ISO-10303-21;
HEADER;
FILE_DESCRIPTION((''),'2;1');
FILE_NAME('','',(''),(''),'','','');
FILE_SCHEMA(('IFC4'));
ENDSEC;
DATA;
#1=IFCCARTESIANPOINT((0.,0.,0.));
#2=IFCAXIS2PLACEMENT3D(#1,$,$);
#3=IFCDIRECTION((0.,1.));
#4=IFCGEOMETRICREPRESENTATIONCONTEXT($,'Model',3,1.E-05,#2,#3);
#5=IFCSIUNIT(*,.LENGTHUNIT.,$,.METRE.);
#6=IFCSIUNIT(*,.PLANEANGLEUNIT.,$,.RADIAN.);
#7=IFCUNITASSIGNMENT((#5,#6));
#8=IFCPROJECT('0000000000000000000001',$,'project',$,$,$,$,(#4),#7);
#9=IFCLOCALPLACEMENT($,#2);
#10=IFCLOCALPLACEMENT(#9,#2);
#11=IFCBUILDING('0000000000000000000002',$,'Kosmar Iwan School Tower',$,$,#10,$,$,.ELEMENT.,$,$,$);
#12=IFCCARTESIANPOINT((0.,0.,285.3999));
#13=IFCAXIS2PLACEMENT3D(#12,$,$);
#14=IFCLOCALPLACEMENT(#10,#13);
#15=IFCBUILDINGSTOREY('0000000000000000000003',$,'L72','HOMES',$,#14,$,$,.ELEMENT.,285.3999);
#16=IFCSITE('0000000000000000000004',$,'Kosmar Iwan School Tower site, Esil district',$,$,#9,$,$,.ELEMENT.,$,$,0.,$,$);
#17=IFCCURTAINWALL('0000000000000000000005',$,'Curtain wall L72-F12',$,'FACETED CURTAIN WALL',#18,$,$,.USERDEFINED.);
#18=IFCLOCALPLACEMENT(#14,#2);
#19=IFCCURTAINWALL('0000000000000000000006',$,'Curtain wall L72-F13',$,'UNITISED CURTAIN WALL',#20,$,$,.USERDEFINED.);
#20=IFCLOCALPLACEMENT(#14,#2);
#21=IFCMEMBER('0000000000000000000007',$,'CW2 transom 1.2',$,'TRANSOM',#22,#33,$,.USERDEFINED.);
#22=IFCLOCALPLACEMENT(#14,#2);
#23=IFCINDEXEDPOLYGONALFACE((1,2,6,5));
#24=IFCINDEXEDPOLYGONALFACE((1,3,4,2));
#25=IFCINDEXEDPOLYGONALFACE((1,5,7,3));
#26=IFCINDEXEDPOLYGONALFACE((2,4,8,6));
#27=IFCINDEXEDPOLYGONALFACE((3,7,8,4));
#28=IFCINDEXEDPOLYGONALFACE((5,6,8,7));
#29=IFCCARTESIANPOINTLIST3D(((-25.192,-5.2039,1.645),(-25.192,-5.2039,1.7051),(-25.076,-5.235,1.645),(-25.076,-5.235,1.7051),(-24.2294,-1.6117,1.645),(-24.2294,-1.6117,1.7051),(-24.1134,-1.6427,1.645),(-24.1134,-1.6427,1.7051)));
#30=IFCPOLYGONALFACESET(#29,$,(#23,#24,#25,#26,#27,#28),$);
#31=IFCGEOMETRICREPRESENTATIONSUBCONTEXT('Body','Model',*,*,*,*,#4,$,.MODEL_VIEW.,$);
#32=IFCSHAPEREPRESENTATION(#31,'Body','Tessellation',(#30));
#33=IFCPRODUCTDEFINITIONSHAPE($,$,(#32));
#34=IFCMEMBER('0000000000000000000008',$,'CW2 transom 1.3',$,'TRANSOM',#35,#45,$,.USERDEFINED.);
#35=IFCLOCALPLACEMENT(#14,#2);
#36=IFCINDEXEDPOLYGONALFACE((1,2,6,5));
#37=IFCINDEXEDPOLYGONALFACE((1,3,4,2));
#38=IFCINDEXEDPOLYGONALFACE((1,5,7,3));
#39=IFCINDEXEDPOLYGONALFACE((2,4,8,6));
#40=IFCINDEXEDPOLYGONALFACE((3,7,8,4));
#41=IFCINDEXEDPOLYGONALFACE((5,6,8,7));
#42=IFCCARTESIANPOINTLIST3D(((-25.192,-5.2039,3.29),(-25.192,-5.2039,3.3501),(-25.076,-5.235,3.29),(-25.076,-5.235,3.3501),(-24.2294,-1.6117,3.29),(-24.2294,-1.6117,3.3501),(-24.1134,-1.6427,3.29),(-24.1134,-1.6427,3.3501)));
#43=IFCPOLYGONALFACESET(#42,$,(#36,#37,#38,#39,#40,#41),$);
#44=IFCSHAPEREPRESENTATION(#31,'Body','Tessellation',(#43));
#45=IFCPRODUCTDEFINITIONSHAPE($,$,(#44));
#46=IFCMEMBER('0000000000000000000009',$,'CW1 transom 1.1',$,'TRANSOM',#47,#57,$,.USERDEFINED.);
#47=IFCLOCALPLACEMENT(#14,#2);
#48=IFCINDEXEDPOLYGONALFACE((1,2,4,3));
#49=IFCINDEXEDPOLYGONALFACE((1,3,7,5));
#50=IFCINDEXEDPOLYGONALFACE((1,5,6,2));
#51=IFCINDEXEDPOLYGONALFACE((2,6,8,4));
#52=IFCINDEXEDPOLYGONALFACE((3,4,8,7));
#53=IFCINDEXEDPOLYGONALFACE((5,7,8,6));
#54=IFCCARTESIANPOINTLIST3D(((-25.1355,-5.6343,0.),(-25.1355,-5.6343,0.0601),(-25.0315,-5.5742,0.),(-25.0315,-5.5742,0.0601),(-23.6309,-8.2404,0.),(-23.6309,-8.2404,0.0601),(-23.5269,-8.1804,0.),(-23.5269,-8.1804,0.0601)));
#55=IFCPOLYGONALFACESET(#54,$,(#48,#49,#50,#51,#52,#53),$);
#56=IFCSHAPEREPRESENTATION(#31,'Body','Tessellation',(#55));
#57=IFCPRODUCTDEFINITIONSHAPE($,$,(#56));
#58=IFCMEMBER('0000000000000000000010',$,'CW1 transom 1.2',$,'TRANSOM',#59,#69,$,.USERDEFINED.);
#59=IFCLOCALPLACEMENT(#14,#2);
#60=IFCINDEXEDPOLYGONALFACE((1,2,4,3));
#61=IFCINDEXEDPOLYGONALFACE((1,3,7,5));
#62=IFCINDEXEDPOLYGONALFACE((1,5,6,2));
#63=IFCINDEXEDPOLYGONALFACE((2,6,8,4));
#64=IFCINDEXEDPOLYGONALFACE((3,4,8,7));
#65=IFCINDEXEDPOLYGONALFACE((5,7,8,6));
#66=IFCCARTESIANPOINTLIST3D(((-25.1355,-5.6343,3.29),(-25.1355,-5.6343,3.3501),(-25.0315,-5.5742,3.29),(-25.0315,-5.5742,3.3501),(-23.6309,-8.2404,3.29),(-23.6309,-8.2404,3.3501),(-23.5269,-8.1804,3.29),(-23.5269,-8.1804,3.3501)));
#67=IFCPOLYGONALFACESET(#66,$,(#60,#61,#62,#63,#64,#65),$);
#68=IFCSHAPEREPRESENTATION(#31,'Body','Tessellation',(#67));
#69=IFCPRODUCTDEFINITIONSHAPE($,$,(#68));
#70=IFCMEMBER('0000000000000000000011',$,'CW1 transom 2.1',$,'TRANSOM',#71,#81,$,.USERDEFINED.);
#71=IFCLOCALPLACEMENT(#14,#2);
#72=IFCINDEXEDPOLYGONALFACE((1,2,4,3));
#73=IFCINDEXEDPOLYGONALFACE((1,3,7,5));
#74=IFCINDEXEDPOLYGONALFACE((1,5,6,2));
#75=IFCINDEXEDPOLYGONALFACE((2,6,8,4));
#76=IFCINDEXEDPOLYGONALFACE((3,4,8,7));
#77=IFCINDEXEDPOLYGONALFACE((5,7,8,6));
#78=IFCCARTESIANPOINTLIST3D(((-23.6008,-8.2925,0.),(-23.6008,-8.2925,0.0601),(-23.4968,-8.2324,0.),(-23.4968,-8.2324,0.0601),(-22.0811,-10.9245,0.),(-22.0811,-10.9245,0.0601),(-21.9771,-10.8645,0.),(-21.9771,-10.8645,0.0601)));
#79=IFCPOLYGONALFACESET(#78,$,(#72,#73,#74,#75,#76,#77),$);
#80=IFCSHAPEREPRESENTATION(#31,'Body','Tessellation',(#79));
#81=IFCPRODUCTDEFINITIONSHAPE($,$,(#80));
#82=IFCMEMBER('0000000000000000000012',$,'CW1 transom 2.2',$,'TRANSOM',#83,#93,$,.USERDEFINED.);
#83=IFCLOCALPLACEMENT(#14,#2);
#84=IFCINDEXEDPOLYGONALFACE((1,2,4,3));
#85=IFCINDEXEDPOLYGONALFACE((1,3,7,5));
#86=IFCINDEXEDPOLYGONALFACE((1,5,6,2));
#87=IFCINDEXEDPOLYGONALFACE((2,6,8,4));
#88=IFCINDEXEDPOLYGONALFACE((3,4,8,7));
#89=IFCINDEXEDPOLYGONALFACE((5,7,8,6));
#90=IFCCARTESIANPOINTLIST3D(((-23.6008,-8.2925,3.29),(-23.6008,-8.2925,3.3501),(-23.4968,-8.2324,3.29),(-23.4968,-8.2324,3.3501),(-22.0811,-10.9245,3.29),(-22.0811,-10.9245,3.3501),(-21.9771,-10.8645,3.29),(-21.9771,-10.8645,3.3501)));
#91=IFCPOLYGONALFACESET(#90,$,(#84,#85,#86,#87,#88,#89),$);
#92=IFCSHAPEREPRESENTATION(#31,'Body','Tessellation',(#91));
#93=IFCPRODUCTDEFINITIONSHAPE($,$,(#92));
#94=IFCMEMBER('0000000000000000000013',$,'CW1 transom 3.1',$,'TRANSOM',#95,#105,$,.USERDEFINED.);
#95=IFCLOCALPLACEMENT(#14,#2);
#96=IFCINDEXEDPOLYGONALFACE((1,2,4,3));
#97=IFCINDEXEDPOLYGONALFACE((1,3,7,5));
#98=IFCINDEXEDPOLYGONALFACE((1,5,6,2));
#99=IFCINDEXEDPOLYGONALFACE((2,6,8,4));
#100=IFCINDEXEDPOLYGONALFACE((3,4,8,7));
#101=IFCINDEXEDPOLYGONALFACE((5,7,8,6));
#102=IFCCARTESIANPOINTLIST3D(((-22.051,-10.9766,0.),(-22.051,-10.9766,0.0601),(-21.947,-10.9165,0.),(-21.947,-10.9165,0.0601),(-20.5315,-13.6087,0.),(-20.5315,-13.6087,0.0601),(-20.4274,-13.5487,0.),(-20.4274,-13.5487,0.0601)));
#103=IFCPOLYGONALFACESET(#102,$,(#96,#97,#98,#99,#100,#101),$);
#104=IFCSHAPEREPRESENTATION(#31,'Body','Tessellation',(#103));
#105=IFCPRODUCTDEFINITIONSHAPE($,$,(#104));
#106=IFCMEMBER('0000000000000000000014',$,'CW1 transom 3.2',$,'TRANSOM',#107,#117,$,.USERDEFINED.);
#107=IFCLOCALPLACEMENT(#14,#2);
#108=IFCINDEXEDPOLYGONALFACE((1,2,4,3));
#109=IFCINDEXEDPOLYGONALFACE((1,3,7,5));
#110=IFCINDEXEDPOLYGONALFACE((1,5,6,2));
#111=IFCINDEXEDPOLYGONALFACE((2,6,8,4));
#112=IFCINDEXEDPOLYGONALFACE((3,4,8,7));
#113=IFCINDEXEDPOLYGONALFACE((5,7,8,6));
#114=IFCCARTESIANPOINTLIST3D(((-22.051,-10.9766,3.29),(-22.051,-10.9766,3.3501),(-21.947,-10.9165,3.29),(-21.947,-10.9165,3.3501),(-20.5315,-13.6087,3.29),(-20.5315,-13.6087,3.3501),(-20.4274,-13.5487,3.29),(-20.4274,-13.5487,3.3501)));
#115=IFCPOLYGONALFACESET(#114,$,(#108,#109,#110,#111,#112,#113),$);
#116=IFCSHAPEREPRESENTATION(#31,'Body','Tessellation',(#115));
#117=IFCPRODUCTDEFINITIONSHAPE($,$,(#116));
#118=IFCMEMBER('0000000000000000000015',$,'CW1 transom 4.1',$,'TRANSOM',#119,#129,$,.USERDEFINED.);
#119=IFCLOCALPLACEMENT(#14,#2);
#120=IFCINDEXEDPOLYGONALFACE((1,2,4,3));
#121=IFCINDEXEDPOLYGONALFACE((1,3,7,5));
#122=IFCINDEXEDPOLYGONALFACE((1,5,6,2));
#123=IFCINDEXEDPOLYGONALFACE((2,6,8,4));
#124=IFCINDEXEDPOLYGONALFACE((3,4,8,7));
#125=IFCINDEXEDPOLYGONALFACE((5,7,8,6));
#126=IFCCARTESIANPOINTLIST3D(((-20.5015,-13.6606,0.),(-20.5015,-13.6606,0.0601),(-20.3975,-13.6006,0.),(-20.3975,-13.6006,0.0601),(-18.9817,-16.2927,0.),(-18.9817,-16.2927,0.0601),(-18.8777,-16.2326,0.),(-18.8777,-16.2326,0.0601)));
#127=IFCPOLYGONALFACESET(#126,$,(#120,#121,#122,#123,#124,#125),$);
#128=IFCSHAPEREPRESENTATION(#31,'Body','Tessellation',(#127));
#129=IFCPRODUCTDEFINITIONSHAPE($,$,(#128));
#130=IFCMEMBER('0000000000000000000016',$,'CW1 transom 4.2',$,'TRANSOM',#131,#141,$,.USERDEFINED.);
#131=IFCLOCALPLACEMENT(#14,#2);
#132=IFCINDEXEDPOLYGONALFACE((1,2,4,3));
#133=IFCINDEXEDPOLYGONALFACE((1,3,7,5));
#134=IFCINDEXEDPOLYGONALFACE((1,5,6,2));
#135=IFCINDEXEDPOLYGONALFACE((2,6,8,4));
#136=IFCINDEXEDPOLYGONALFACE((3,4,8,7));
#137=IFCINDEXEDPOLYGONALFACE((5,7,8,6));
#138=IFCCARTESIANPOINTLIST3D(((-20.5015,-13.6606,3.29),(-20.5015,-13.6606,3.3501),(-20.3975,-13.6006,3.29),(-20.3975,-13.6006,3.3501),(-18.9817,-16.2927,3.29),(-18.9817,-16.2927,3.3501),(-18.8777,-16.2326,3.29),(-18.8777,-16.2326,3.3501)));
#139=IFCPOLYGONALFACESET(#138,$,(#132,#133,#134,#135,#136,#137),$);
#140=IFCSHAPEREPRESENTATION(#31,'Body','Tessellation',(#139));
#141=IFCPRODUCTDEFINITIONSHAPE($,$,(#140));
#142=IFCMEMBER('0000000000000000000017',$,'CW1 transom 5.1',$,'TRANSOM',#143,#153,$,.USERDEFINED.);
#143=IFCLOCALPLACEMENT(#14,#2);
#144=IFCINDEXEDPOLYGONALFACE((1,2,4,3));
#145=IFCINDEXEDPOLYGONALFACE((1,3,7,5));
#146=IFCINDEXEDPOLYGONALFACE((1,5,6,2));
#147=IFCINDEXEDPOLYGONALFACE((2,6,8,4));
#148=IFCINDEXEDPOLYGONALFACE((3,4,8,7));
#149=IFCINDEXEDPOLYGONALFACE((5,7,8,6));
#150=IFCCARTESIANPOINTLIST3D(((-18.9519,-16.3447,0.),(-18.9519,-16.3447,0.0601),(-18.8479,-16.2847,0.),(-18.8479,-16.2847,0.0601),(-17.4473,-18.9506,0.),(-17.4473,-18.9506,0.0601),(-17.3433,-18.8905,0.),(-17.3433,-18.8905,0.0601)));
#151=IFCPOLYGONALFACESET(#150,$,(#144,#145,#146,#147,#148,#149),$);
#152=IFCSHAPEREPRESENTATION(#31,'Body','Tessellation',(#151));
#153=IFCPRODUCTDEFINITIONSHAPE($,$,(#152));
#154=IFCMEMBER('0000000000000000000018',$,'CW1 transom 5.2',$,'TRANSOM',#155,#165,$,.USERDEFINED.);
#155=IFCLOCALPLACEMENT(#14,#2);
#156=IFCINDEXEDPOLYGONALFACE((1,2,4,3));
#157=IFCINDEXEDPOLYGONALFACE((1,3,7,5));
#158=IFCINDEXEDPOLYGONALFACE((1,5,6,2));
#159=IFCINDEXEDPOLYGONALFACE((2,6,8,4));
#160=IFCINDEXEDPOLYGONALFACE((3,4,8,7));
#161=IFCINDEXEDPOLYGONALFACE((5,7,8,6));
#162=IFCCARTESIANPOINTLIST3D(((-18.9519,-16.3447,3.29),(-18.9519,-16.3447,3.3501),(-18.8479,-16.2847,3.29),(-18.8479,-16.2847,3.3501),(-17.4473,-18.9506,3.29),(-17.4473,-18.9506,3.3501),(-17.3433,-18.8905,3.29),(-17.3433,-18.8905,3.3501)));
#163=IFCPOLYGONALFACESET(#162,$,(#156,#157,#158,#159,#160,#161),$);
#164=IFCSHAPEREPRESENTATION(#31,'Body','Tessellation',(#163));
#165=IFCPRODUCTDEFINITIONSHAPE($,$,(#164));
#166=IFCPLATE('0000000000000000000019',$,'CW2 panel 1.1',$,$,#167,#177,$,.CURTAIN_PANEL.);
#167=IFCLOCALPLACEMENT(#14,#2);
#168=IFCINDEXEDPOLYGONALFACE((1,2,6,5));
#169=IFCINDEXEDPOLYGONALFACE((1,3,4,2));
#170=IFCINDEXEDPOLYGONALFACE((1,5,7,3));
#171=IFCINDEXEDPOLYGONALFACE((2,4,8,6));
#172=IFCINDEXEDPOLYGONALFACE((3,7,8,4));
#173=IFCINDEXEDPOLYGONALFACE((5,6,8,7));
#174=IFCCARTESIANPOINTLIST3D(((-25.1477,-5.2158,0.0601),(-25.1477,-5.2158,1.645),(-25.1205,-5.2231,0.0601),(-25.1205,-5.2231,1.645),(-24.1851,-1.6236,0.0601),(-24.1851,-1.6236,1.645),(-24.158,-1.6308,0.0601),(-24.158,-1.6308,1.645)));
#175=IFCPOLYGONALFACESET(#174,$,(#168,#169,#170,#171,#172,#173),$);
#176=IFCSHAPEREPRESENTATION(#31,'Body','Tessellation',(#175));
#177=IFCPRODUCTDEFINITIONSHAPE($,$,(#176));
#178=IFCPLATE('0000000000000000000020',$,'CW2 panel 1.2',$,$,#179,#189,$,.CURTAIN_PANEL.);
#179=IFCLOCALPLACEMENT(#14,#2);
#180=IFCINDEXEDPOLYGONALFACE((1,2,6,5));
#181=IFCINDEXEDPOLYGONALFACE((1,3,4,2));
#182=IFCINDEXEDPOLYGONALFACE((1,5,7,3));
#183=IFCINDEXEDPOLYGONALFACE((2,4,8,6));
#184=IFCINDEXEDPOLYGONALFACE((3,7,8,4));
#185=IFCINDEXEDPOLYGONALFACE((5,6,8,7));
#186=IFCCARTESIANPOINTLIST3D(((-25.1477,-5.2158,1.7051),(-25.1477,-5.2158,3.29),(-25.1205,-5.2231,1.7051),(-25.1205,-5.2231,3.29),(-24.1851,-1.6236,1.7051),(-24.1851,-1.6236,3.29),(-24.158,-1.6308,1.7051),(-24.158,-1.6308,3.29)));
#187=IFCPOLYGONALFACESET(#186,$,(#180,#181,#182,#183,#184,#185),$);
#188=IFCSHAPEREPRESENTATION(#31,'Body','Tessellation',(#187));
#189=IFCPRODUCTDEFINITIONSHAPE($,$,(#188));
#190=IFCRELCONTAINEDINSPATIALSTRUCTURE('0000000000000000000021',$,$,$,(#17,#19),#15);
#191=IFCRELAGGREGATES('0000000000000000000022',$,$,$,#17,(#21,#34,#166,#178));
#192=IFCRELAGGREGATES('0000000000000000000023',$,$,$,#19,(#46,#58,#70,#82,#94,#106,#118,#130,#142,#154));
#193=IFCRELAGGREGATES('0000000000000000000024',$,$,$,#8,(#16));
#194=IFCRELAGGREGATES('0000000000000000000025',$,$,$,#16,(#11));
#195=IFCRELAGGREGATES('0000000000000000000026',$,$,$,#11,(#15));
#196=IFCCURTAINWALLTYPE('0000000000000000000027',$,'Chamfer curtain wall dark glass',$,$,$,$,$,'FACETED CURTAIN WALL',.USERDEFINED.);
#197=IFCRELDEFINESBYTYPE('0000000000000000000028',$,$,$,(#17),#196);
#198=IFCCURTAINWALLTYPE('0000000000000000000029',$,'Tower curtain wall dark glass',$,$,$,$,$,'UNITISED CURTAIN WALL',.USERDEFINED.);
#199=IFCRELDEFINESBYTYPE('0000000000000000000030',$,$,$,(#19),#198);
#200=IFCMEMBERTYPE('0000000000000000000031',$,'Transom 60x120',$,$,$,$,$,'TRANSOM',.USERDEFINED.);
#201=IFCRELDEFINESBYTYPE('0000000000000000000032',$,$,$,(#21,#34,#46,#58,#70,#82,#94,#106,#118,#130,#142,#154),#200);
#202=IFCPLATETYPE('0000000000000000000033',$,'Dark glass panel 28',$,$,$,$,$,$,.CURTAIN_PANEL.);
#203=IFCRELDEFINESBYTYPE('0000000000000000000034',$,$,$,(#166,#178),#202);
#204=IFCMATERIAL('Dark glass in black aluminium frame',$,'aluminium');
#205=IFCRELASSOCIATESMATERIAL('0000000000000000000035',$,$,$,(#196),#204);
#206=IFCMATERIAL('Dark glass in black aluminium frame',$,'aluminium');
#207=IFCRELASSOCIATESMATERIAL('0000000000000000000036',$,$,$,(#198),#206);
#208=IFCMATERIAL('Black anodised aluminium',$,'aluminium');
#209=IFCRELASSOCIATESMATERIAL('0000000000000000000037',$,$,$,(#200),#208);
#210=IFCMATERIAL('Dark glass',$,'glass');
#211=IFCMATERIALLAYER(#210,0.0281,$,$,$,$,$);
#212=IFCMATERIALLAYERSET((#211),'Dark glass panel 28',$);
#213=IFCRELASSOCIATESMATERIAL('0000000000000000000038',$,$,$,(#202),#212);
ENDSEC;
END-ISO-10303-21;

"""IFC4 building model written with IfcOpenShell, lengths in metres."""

from ifc_helpers import new_model, si_unit, direction, frame, origin, origin_2d, place, context, subcontext, project, spatial, rectangle, extrude, material, layer, layer_set, material_profile, profile_set, type_object, element, aggregate, save


model = new_model("IFC4")

# Units and contexts
model_context = context("Model", 3, precision=1e-05, world=origin(), true_north=direction((0.0, 1.0)))
body_context = subcontext(model_context, "Body", "Model", "MODEL_VIEW")
ifc_project = project(units=[si_unit("LENGTHUNIT", "METRE"), si_unit("PLANEANGLEUNIT", "RADIAN")], contexts=[model_context])

# Site, building, storey
site_placement = place(None, origin())
site = spatial("IfcSite", under=ifc_project, at=site_placement, Name="Kosmar Iwan School Tower site, Esil district", CompositionType="ELEMENT", RefElevation=0.0)
building_placement = place(site_placement, origin())
building = spatial("IfcBuilding", under=site, at=building_placement, Name="Kosmar Iwan School Tower", CompositionType="ELEMENT")
storey_placement = place(building_placement, frame((0.0, 0.0, 285.3999)))
storey = spatial("IfcBuildingStorey", under=building, at=storey_placement, Name="L72", Description="HOMES", CompositionType="ELEMENT", Elevation=285.3999)

# Curtain wall
ifc_material_1 = material(Name="Dark glass in black aluminium frame", Category="aluminium")
curtain_wall_type_1 = type_object("IfcCurtainWallType", Name="Chamfer curtain wall dark glass", ElementType="FACETED CURTAIN WALL", PredefinedType="USERDEFINED", material=ifc_material_1)
curtain_wall_1_placement = place(storey_placement, origin())
curtain_wall_1 = element("IfcCurtainWall", 1, at=curtain_wall_1_placement, inside=storey, type_object=curtain_wall_type_1, Name="Curtain wall L72-F12", ObjectType="FACETED CURTAIN WALL", PredefinedType="USERDEFINED")

# Curtain wall
ifc_material_2 = material(Name="Dark glass in black aluminium frame", Category="aluminium")
curtain_wall_type_2 = type_object("IfcCurtainWallType", Name="Tower curtain wall dark glass", ElementType="UNITISED CURTAIN WALL", PredefinedType="USERDEFINED", material=ifc_material_2)
curtain_wall_2_placement = place(storey_placement, origin())
curtain_wall_2 = element("IfcCurtainWall", 2, at=curtain_wall_2_placement, inside=storey, type_object=curtain_wall_type_2, Name="Curtain wall L72-F13", ObjectType="UNITISED CURTAIN WALL", PredefinedType="USERDEFINED")

# Members
ifc_material_3 = material(Name="Black anodised aluminium", Category="aluminium")
ifc_material_profile_1 = material_profile(ifc_material_3, rectangle(XDim=0.1201, YDim=0.0601, at=origin_2d()), Name="TRANSOM 60x120")
ifc_profile_set_1 = profile_set([ifc_material_profile_1], Name="Black anodised aluminium")
member_type_1 = type_object("IfcMemberType", Name="Transom 60x120", ElementType="TRANSOM", PredefinedType="USERDEFINED", material=ifc_profile_set_1)
member_1_placement = place(storey_placement, frame((-24.1714, -1.6272, 1.675), z_axis=(-0.258843, -0.965919, 0.0), x_axis=(0.965919, -0.258843, 0.0)))
member_1 = element("IfcMember", 3, at=member_1_placement, type_object=member_type_1, Name="CW2 transom 1.2", ObjectType="TRANSOM", PredefinedType="USERDEFINED", context=body_context, shape_type="SweptSolid", body=[
    extrude(rectangle(XDim=0.1201, YDim=0.0601, at=origin_2d()), origin(), (0.0, 0.0, 1.0), 3.719),
])
member_2_placement = place(storey_placement, frame((-24.1714, -1.6272, 3.3201), z_axis=(-0.258843, -0.965919, 0.0), x_axis=(0.965919, -0.258843, 0.0)))
member_2 = element("IfcMember", 4, at=member_2_placement, type_object=member_type_1, Name="CW2 transom 1.3", ObjectType="TRANSOM", PredefinedType="USERDEFINED", context=body_context, shape_type="SweptSolid", body=[
    extrude(rectangle(XDim=0.1201, YDim=0.0601, at=origin_2d()), origin(), (0.0, 0.0, 1.0), 3.719),
])
member_3_placement = place(storey_placement, frame((-25.0835, -5.6042, 0.03), z_axis=(0.499987, -0.866033, 0.0), x_axis=(0.866033, 0.499987, 0.0)))
member_3 = element("IfcMember", 5, at=member_3_placement, type_object=member_type_1, Name="CW1 transom 1.1", ObjectType="TRANSOM", PredefinedType="USERDEFINED", context=body_context, shape_type="SweptSolid", body=[
    extrude(rectangle(XDim=0.1201, YDim=0.0601, at=origin_2d()), origin(), (0.0, 0.0, 1.0), 3.0093),
])
member_4_placement = place(storey_placement, frame((-25.0835, -5.6042, 3.3201), z_axis=(0.499987, -0.866033, 0.0), x_axis=(0.866033, 0.499987, 0.0)))
member_4 = element("IfcMember", 6, at=member_4_placement, type_object=member_type_1, Name="CW1 transom 1.2", ObjectType="TRANSOM", PredefinedType="USERDEFINED", context=body_context, shape_type="SweptSolid", body=[
    extrude(rectangle(XDim=0.1201, YDim=0.0601, at=origin_2d()), origin(), (0.0, 0.0, 1.0), 3.0093),
])
member_5_placement = place(storey_placement, frame((-23.5488, -8.2625, 0.03), z_axis=(0.500035, -0.866005, 0.0), x_axis=(0.866005, 0.500035, 0.0)))
member_5 = element("IfcMember", 7, at=member_5_placement, type_object=member_type_1, Name="CW1 transom 2.1", ObjectType="TRANSOM", PredefinedType="USERDEFINED", context=body_context, shape_type="SweptSolid", body=[
    extrude(rectangle(XDim=0.1201, YDim=0.0601, at=origin_2d()), origin(), (0.0, 0.0, 1.0), 3.0393),
])
member_6_placement = place(storey_placement, frame((-23.5488, -8.2625, 3.3201), z_axis=(0.500035, -0.866005, 0.0), x_axis=(0.866005, 0.500035, 0.0)))
member_6 = element("IfcMember", 8, at=member_6_placement, type_object=member_type_1, Name="CW1 transom 2.2", ObjectType="TRANSOM", PredefinedType="USERDEFINED", context=body_context, shape_type="SweptSolid", body=[
    extrude(rectangle(XDim=0.1201, YDim=0.0601, at=origin_2d()), origin(), (0.0, 0.0, 1.0), 3.0393),
])
member_7_placement = place(storey_placement, frame((-21.999, -10.9465, 0.03), z_axis=(0.499975, -0.86604, 0.0), x_axis=(0.86604, 0.499975, 0.0)))
member_7 = element("IfcMember", 9, at=member_7_placement, type_object=member_type_1, Name="CW1 transom 3.1", ObjectType="TRANSOM", PredefinedType="USERDEFINED", context=body_context, shape_type="SweptSolid", body=[
    extrude(rectangle(XDim=0.1201, YDim=0.0601, at=origin_2d()), origin(), (0.0, 0.0, 1.0), 3.0393),
])
member_8_placement = place(storey_placement, frame((-21.999, -10.9465, 3.3201), z_axis=(0.499975, -0.86604, 0.0), x_axis=(0.86604, 0.499975, 0.0)))
member_8 = element("IfcMember", 10, at=member_8_placement, type_object=member_type_1, Name="CW1 transom 3.2", ObjectType="TRANSOM", PredefinedType="USERDEFINED", context=body_context, shape_type="SweptSolid", body=[
    extrude(rectangle(XDim=0.1201, YDim=0.0601, at=origin_2d()), origin(), (0.0, 0.0, 1.0), 3.0393),
])
member_9_placement = place(storey_placement, frame((-20.4495, -13.6306, 0.03), z_axis=(0.500035, -0.866005, 0.0), x_axis=(0.866005, 0.500035, 0.0)))
member_9 = element("IfcMember", 11, at=member_9_placement, type_object=member_type_1, Name="CW1 transom 4.1", ObjectType="TRANSOM", PredefinedType="USERDEFINED", context=body_context, shape_type="SweptSolid", body=[
    extrude(rectangle(XDim=0.1201, YDim=0.0601, at=origin_2d()), origin(), (0.0, 0.0, 1.0), 3.0393),
])
member_10_placement = place(storey_placement, frame((-20.4495, -13.6306, 3.3201), z_axis=(0.500035, -0.866005, 0.0), x_axis=(0.866005, 0.500035, 0.0)))
member_10 = element("IfcMember", 12, at=member_10_placement, type_object=member_type_1, Name="CW1 transom 4.2", ObjectType="TRANSOM", PredefinedType="USERDEFINED", context=body_context, shape_type="SweptSolid", body=[
    extrude(rectangle(XDim=0.1201, YDim=0.0601, at=origin_2d()), origin(), (0.0, 0.0, 1.0), 3.0393),
])
member_11_placement = place(storey_placement, frame((-18.8999, -16.3147, 0.03), z_axis=(0.500022, -0.866013, 0.0), x_axis=(0.866013, 0.500022, 0.0)))
member_11 = element("IfcMember", 13, at=member_11_placement, type_object=member_type_1, Name="CW1 transom 5.1", ObjectType="TRANSOM", PredefinedType="USERDEFINED", context=body_context, shape_type="SweptSolid", body=[
    extrude(rectangle(XDim=0.1201, YDim=0.0601, at=origin_2d()), origin(), (0.0, 0.0, 1.0), 3.009),
])
member_12_placement = place(storey_placement, frame((-18.8999, -16.3147, 3.3201), z_axis=(0.500022, -0.866013, 0.0), x_axis=(0.866013, 0.500022, 0.0)))
member_12 = element("IfcMember", 14, at=member_12_placement, type_object=member_type_1, Name="CW1 transom 5.2", ObjectType="TRANSOM", PredefinedType="USERDEFINED", context=body_context, shape_type="SweptSolid", body=[
    extrude(rectangle(XDim=0.1201, YDim=0.0601, at=origin_2d()), origin(), (0.0, 0.0, 1.0), 3.009),
])

# Plates
ifc_material_4 = material(Name="Dark glass", Category="glass")
ifc_layer_1 = layer(ifc_material_4, 0.0281)
ifc_layer_set_1 = layer_set([ifc_layer_1], Name="Dark glass panel 28")
plate_type = type_object("IfcPlateType", Name="Dark glass panel 28", PredefinedType="CURTAIN_PANEL", material=ifc_layer_set_1)
plate_1_placement = place(storey_placement, frame((-24.6528, -3.4233, 0.0601), z_axis=(0.0, 0.0, 1.0), x_axis=(-0.258819, -0.965926, 0.0)))
plate_1 = element("IfcPlate", 15, at=plate_1_placement, type_object=plate_type, Name="CW2 panel 1.1", PredefinedType="CURTAIN_PANEL", context=body_context, shape_type="SweptSolid", body=[
    extrude(rectangle(XDim=3.719, YDim=0.0281, at=origin_2d()), origin(), (0.0, 0.0, 1.0), 1.585),
])
plate_2_placement = place(storey_placement, frame((-24.6528, -3.4233, 1.7051), z_axis=(0.0, 0.0, 1.0), x_axis=(-0.258819, -0.965926, 0.0)))
plate_2 = element("IfcPlate", 16, at=plate_2_placement, type_object=plate_type, Name="CW2 panel 1.2", PredefinedType="CURTAIN_PANEL", context=body_context, shape_type="SweptSolid", body=[
    extrude(rectangle(XDim=3.719, YDim=0.0281, at=origin_2d()), origin(), (0.0, 0.0, 1.0), 1.585),
])
aggregate(curtain_wall_1, [member_1, member_2, plate_1, plate_2])
aggregate(curtain_wall_2, [member_3, member_4, member_5, member_6, member_7, member_8, member_9, member_10, member_11, member_12])

save(model, "model.ifc")
